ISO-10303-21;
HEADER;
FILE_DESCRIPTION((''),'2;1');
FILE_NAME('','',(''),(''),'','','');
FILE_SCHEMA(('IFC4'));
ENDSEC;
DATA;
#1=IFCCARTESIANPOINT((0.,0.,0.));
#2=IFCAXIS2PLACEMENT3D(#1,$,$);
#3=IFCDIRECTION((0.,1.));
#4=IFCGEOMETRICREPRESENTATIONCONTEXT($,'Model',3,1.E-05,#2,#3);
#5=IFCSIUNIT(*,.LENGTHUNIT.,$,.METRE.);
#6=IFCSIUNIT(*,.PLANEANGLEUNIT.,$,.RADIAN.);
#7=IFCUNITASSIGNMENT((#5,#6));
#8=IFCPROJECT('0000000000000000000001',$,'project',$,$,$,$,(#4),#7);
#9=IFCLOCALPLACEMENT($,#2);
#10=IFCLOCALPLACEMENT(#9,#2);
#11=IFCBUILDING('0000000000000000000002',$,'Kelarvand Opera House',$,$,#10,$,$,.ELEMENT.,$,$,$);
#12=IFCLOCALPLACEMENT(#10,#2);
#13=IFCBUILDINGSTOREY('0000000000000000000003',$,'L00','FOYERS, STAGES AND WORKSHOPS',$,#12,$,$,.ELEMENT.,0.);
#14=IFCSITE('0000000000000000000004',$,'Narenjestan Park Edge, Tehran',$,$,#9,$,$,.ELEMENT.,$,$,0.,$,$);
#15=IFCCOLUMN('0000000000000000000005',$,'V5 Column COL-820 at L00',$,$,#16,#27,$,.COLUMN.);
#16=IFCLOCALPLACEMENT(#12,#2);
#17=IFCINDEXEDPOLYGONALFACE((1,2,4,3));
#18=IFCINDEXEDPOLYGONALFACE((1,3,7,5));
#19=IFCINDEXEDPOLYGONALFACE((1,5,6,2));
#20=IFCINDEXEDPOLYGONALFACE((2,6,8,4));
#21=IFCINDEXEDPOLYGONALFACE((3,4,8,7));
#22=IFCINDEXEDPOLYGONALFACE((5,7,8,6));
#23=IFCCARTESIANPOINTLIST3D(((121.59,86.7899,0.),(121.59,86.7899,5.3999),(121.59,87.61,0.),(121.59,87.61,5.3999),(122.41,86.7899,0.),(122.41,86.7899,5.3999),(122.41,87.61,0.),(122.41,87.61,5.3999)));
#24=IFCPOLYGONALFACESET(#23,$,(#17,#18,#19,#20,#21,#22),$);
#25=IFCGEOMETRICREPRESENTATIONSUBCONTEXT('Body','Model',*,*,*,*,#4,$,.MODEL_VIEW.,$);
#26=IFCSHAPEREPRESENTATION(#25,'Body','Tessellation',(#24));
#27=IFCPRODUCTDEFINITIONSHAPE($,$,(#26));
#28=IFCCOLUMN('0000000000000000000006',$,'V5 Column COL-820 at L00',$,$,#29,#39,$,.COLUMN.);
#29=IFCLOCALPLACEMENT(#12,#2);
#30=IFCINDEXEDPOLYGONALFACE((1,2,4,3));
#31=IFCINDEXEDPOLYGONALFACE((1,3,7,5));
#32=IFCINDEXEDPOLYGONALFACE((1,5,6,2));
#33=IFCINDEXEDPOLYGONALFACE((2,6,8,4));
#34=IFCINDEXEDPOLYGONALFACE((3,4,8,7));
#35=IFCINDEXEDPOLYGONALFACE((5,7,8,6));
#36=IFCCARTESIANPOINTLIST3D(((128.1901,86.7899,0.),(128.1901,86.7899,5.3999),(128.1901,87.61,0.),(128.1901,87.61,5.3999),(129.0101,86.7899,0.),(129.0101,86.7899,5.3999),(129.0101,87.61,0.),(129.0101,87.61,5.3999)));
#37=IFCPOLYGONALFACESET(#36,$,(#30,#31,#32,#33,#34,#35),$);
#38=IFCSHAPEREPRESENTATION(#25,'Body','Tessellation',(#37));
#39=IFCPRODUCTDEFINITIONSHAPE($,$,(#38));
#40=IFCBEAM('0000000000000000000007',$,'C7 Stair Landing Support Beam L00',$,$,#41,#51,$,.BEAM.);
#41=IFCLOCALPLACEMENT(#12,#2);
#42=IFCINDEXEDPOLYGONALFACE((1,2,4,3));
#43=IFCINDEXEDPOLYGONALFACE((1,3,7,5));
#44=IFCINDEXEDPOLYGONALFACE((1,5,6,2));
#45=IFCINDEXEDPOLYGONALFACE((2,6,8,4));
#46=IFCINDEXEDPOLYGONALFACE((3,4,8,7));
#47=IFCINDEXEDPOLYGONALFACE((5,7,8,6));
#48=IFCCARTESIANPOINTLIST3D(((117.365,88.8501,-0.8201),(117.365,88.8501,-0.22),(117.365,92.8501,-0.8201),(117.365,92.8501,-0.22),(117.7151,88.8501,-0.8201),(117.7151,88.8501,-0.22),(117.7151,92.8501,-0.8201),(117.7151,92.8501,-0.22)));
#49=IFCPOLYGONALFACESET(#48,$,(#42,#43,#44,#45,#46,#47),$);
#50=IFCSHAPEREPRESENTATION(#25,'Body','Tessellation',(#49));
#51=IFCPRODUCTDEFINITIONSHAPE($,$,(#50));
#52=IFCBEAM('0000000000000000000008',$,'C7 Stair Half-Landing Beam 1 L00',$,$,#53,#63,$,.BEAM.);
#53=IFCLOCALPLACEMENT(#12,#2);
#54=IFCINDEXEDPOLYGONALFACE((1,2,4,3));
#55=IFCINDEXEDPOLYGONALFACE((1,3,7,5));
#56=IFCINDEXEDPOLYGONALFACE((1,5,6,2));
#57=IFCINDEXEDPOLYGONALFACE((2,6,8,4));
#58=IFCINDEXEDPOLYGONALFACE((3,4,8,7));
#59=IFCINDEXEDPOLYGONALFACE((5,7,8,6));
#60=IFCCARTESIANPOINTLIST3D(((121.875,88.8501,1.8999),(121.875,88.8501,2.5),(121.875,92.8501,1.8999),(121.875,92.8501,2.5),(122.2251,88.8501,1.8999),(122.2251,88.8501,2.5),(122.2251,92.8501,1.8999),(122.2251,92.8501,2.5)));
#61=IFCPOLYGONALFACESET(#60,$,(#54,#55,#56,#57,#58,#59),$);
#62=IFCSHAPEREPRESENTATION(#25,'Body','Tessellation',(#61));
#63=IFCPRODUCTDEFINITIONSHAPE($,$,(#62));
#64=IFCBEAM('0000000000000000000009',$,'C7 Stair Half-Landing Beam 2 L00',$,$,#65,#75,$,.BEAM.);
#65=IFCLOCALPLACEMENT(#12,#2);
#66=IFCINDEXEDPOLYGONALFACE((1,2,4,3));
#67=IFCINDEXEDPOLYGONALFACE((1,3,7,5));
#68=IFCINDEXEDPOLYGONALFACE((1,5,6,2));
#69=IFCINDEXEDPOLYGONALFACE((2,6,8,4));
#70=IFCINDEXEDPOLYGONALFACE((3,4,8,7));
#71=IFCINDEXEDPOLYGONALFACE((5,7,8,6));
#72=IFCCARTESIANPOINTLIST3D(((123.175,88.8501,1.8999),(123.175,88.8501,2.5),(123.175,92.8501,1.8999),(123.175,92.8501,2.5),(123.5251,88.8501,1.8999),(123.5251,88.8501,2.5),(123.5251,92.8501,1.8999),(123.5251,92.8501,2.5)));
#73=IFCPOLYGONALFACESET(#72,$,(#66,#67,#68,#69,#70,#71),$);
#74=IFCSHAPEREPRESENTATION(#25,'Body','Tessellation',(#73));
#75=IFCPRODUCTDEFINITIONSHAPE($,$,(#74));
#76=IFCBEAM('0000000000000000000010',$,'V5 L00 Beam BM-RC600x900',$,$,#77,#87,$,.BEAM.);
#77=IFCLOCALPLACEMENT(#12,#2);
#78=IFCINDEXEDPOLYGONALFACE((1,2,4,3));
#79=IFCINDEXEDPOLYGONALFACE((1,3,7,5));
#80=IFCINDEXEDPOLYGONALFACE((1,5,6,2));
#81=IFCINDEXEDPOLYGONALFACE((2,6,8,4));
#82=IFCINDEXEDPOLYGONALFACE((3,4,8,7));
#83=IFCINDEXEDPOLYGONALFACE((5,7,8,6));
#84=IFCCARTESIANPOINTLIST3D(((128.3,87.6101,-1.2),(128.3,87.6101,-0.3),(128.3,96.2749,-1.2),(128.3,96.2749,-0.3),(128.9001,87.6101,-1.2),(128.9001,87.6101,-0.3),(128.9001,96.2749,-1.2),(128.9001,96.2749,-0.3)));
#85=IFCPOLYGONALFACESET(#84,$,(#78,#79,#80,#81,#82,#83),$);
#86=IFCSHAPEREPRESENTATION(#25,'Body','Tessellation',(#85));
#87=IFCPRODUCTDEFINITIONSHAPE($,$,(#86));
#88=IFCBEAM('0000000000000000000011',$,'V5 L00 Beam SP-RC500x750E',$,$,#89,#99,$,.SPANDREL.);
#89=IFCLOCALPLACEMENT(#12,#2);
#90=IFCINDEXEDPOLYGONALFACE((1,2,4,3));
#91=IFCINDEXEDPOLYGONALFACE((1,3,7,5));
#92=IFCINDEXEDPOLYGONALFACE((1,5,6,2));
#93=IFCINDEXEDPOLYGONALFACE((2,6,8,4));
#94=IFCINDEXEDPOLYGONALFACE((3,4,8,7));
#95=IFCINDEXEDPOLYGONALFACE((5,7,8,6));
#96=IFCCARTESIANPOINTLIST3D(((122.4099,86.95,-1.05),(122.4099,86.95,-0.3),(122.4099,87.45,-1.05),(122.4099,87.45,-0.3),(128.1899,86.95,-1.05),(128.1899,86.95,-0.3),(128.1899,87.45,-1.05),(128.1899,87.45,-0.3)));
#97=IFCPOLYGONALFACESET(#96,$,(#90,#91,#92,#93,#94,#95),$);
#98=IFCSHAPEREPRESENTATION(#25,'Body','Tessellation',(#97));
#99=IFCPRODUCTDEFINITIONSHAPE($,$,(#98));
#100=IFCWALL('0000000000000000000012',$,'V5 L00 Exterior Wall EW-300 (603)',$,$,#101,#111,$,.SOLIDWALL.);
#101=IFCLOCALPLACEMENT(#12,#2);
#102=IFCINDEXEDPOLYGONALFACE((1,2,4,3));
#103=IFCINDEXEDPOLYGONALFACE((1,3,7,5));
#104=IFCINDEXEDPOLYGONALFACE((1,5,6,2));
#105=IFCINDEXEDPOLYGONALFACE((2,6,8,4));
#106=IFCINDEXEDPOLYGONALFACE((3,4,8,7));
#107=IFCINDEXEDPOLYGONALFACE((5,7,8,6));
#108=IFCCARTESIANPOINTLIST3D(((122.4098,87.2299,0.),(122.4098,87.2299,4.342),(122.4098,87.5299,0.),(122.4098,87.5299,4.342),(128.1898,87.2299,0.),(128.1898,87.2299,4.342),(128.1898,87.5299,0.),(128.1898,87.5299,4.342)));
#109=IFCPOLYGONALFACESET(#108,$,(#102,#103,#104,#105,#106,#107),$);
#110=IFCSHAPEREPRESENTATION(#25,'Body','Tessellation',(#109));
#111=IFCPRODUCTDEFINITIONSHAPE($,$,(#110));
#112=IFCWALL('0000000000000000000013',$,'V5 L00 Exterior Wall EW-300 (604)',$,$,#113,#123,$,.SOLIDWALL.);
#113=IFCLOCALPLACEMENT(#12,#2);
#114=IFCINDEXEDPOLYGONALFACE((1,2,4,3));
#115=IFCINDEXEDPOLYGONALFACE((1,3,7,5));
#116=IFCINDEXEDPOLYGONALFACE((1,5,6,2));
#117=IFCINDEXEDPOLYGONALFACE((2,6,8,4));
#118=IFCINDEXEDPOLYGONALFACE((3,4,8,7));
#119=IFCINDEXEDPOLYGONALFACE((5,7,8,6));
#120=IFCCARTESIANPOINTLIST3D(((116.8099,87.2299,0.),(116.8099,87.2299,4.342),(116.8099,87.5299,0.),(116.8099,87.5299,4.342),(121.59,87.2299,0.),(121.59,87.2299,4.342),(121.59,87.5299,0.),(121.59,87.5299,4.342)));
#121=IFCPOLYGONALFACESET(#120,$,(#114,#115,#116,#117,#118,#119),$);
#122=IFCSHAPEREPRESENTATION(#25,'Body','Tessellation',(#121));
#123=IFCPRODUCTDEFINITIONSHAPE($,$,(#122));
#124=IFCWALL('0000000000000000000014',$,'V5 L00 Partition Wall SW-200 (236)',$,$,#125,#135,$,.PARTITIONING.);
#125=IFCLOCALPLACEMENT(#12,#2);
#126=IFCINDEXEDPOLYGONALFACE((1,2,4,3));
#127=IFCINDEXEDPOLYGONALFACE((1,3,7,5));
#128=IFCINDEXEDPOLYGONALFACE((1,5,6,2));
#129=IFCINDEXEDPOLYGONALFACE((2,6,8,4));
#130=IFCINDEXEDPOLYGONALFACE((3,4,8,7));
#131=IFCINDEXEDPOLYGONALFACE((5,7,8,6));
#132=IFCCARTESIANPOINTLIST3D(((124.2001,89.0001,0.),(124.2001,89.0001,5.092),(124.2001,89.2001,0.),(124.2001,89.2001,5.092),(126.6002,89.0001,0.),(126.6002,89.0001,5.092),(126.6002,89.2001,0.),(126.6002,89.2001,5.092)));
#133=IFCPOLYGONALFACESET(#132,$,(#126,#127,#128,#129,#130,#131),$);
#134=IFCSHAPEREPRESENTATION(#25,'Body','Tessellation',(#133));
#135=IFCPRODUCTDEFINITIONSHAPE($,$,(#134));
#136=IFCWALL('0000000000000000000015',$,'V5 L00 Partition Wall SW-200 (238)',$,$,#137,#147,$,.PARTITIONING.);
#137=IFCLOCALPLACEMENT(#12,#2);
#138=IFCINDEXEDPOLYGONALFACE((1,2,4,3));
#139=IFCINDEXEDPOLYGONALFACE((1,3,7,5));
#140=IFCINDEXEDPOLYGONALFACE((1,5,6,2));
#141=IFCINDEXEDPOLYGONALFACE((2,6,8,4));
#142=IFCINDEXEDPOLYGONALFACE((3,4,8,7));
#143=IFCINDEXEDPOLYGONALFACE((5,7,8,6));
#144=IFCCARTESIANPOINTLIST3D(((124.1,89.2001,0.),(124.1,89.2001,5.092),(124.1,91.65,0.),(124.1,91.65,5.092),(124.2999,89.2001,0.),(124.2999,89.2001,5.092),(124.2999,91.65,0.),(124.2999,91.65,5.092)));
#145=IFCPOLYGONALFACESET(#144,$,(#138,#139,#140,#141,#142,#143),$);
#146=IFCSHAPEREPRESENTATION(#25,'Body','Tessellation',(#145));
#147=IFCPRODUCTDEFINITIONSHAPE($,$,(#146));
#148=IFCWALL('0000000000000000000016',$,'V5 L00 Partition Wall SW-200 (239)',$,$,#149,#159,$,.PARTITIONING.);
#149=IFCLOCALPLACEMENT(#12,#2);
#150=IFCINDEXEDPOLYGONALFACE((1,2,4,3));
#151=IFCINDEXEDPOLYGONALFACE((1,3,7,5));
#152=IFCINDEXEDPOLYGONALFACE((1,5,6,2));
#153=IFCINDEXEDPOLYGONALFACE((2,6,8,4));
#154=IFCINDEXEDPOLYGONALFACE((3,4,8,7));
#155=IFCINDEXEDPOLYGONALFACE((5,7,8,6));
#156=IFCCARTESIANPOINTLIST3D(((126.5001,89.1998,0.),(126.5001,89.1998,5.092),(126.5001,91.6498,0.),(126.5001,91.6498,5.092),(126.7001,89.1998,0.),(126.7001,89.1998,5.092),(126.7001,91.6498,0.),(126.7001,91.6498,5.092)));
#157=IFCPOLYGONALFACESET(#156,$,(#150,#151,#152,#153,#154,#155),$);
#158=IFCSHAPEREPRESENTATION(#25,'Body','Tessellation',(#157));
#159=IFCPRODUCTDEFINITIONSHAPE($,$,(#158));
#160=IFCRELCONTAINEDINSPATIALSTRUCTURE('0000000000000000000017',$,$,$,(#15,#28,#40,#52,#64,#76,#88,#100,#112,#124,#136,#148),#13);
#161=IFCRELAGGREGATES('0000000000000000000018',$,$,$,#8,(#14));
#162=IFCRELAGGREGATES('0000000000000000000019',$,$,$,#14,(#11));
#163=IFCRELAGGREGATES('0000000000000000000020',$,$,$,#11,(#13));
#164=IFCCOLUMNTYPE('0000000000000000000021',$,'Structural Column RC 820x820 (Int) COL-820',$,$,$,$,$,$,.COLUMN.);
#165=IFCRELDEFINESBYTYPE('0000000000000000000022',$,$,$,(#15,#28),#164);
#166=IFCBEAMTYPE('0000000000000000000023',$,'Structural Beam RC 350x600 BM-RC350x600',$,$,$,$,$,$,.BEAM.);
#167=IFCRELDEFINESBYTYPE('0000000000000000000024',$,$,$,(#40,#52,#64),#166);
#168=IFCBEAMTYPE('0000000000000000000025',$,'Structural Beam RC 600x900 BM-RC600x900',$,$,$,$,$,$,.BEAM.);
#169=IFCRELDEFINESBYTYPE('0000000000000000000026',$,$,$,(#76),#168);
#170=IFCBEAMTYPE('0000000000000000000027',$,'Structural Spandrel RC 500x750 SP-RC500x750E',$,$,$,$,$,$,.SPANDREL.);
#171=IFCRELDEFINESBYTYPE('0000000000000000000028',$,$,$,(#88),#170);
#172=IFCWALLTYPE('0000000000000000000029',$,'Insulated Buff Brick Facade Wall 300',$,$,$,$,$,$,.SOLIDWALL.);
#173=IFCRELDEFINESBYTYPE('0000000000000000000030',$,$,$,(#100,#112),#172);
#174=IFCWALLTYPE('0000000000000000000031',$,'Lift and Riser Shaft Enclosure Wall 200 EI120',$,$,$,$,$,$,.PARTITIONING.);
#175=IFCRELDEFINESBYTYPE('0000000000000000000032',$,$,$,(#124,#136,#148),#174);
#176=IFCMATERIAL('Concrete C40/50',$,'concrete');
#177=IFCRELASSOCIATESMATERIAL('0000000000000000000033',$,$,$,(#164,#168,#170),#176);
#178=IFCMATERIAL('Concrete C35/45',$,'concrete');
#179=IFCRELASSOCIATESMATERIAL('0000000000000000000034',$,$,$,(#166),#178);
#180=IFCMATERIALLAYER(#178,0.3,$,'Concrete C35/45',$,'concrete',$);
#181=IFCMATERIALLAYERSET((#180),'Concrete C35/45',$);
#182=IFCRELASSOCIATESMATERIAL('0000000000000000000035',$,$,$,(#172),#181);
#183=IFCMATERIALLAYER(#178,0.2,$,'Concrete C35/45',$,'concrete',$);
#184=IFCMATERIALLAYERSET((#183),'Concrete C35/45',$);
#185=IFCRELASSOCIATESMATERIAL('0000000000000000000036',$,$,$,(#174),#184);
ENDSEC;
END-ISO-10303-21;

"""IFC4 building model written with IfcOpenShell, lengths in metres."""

from ifc_helpers import new_model, si_unit, direction, frame, frame_2d, origin, origin_2d, place, context, subcontext, project, spatial, rectangle, extrude, material, layer, layer_set, material_profile, profile_set, type_object, element, save


model = new_model("IFC4")

# Units and contexts
model_context = context("Model", 3, precision=1e-05, world=origin(), true_north=direction((0.0, 1.0)))
body_context = subcontext(model_context, "Body", "Model", "MODEL_VIEW")
ifc_project = project(units=[si_unit("LENGTHUNIT", "METRE"), si_unit("PLANEANGLEUNIT", "RADIAN")], contexts=[model_context])

# Site, building, storey
site_placement = place(None, origin())
site = spatial("IfcSite", under=ifc_project, at=site_placement, Name="Narenjestan Park Edge, Tehran", CompositionType="ELEMENT", RefElevation=0.0)
building_placement = place(site_placement, origin())
building = spatial("IfcBuilding", under=site, at=building_placement, Name="Kelarvand Opera House", CompositionType="ELEMENT")
storey_placement = place(building_placement, origin())
storey = spatial("IfcBuildingStorey", under=building, at=storey_placement, Name="L00", Description="FOYERS, STAGES AND WORKSHOPS", CompositionType="ELEMENT", Elevation=0.0)

# Columns
ifc_material_1 = material(Name="Concrete C40/50", Category="concrete")
ifc_material_profile_1 = material_profile(ifc_material_1, rectangle(XDim=0.8201, YDim=0.8201, at=origin_2d()), Name="RC 820x820", Category="concrete")
ifc_profile_set_1 = profile_set([ifc_material_profile_1], Name="Concrete C40/50")
column_type = type_object("IfcColumnType", Name="Structural Column RC 820x820 (Int) COL-820", PredefinedType="COLUMN", material=ifc_profile_set_1)
for number, where, z_axis, x_axis, name in (
    (1, (122.0, 87.2, 0.0), (0.0, 0.0, 1.0), (1.0, 0.0, 0.0), "V5 Column COL-820 at L00"),
    (2, (128.6001, 87.2, 0.0), (0.0, 0.0, 1.0), (1.0, 0.0, 0.0), "V5 Column COL-820 at L00"),
):
    element("IfcColumn", number, at=place(storey_placement, frame(where, z_axis=z_axis, x_axis=x_axis)), inside=storey, type_object=column_type, Name=name, PredefinedType="COLUMN", context=body_context, shape_type="SweptSolid", body=[
        extrude(rectangle(XDim=0.8201, YDim=0.8201, at=origin_2d()), origin(), (0.0, 0.0, 1.0), 5.3999),
    ])

# Beams
ifc_material_2 = material(Name="Concrete C35/45", Category="concrete")
ifc_material_profile_2 = material_profile(ifc_material_2, rectangle(XDim=0.3501, YDim=0.6001, at=origin_2d()), Name="RC 350x600", Category="concrete")
ifc_profile_set_2 = profile_set([ifc_material_profile_2], Name="Concrete C35/45")
beam_type_1 = type_object("IfcBeamType", Name="Structural Beam RC 350x600 BM-RC350x600", PredefinedType="BEAM", material=ifc_profile_set_2)
for number, where, z_axis, x_axis, name in (
    (3, (117.54, 88.8501, -0.52), (0.0, 1.0, 0.0), (-1.0, 0.0, 0.0), "C7 Stair Landing Support Beam L00"),
    (4, (122.05, 88.8501, 2.2), (0.0, 1.0, 0.0), (-1.0, 0.0, 0.0), "C7 Stair Half-Landing Beam 1 L00"),
    (5, (123.3501, 88.8501, 2.2), (0.0, 1.0, 0.0), (-1.0, 0.0, 0.0), "C7 Stair Half-Landing Beam 2 L00"),
):
    element("IfcBeam", number, at=place(storey_placement, frame(where, z_axis=z_axis, x_axis=x_axis)), inside=storey, type_object=beam_type_1, Name=name, PredefinedType="BEAM", context=body_context, shape_type="SweptSolid", body=[
        extrude(rectangle(XDim=0.3501, YDim=0.6001, at=origin_2d()), origin(), (0.0, 0.0, 1.0), 4.0),
    ])
ifc_material_profile_3 = material_profile(ifc_material_1, rectangle(XDim=0.6001, YDim=0.8999, at=origin_2d()), Name="RC 600x900", Category="concrete")
ifc_profile_set_3 = profile_set([ifc_material_profile_3], Name="Concrete C40/50")
beam_type_2 = type_object("IfcBeamType", Name="Structural Beam RC 600x900 BM-RC600x900", PredefinedType="BEAM", material=ifc_profile_set_3)
beam_1_placement = place(storey_placement, frame((128.6001, 87.6101, -0.75), z_axis=(0.0, 1.0, 0.0), x_axis=(-1.0, 0.0, 0.0)))
element("IfcBeam", 6, at=beam_1_placement, inside=storey, type_object=beam_type_2, Name="V5 L00 Beam BM-RC600x900", PredefinedType="BEAM", context=body_context, shape_type="SweptSolid", body=[
    extrude(rectangle(XDim=0.6001, YDim=0.8999, at=origin_2d()), origin(), (0.0, 0.0, 1.0), 8.6648),
])
ifc_material_profile_4 = material_profile(ifc_material_1, rectangle(XDim=0.5, YDim=0.75, at=origin_2d()), Name="RC 500x750", Category="concrete")
ifc_profile_set_4 = profile_set([ifc_material_profile_4], Name="Concrete C40/50")
beam_type_3 = type_object("IfcBeamType", Name="Structural Spandrel RC 500x750 SP-RC500x750E", PredefinedType="SPANDREL", material=ifc_profile_set_4)
beam_2_placement = place(storey_placement, frame((122.4099, 87.2, -0.675), z_axis=(1.0, 0.0, 0.0), x_axis=(0.0, 1.0, 0.0)))
element("IfcBeam", 7, at=beam_2_placement, inside=storey, type_object=beam_type_3, Name="V5 L00 Beam SP-RC500x750E", PredefinedType="SPANDREL", context=body_context, shape_type="SweptSolid", body=[
    extrude(rectangle(XDim=0.5, YDim=0.75, at=origin_2d()), origin(), (0.0, 0.0, 1.0), 5.78),
])

# Walls
ifc_layer_1 = layer(ifc_material_2, 0.3, Name="Concrete C35/45", Category="concrete")
ifc_layer_set_1 = layer_set([ifc_layer_1], Name="Concrete C35/45")
wall_type_1 = type_object("IfcWallType", Name="Insulated Buff Brick Facade Wall 300", PredefinedType="SOLIDWALL", material=ifc_layer_set_1)
wall_1_placement = place(storey_placement, frame((128.1899, 87.3799, 0.0), z_axis=(0.0, 0.0, 1.0), x_axis=(-1.0, 0.0, 0.0)))
element("IfcWall", 8, at=wall_1_placement, inside=storey, type_object=wall_type_1, Name="V5 L00 Exterior Wall EW-300 (603)", PredefinedType="SOLIDWALL", context=body_context, shape_type="SweptSolid", body=[
    extrude(rectangle(XDim=5.78, YDim=0.3, at=frame_2d((2.8901, 0.0))), origin(), (0.0, 0.0, 1.0), 4.342),
])
wall_2_placement = place(storey_placement, frame((121.5901, 87.3799, 0.0), z_axis=(0.0, 0.0, 1.0), x_axis=(-1.0, 0.0, 0.0)))
element("IfcWall", 9, at=wall_2_placement, inside=storey, type_object=wall_type_1, Name="V5 L00 Exterior Wall EW-300 (604)", PredefinedType="SOLIDWALL", context=body_context, shape_type="SweptSolid", body=[
    extrude(rectangle(XDim=4.78, YDim=0.3, at=frame_2d((2.3901, 0.0))), origin(), (0.0, 0.0, 1.0), 4.342),
])
ifc_layer_2 = layer(ifc_material_2, 0.2, Name="Concrete C35/45", Category="concrete")
ifc_layer_set_2 = layer_set([ifc_layer_2], Name="Concrete C35/45")
wall_type_2 = type_object("IfcWallType", Name="Lift and Riser Shaft Enclosure Wall 200 EI120", PredefinedType="PARTITIONING", material=ifc_layer_set_2)
wall_3_placement = place(storey_placement, frame((124.2, 89.1001, 0.0), z_axis=(0.0, 0.0, 1.0), x_axis=(1.0, 0.0, 0.0)))
element("IfcWall", 10, at=wall_3_placement, inside=storey, type_object=wall_type_2, Name="V5 L00 Partition Wall SW-200 (236)", PredefinedType="PARTITIONING", context=body_context, shape_type="SweptSolid", body=[
    extrude(rectangle(XDim=2.4001, YDim=0.2, at=frame_2d((1.2002, 0.0))), origin(), (0.0, 0.0, 1.0), 5.092),
])

# Walls
for number, where, z_axis, x_axis, name in (
    (11, (124.2, 89.2, 0.0), (0.0, 0.0, 1.0), (0.0, 1.0, 0.0), "V5 L00 Partition Wall SW-200 (238)"),
    (12, (126.6001, 91.6499, 0.0), (0.0, 0.0, 1.0), (0.0, -1.0, 0.0), "V5 L00 Partition Wall SW-200 (239)"),
):
    element("IfcWall", number, at=place(storey_placement, frame(where, z_axis=z_axis, x_axis=x_axis)), inside=storey, type_object=wall_type_2, Name=name, PredefinedType="PARTITIONING", context=body_context, shape_type="SweptSolid", body=[
        extrude(rectangle(XDim=2.45, YDim=0.2, at=frame_2d((1.2251, 0.0))), origin(), (0.0, 0.0, 1.0), 5.092),
    ])

save(model, "model.ifc")
